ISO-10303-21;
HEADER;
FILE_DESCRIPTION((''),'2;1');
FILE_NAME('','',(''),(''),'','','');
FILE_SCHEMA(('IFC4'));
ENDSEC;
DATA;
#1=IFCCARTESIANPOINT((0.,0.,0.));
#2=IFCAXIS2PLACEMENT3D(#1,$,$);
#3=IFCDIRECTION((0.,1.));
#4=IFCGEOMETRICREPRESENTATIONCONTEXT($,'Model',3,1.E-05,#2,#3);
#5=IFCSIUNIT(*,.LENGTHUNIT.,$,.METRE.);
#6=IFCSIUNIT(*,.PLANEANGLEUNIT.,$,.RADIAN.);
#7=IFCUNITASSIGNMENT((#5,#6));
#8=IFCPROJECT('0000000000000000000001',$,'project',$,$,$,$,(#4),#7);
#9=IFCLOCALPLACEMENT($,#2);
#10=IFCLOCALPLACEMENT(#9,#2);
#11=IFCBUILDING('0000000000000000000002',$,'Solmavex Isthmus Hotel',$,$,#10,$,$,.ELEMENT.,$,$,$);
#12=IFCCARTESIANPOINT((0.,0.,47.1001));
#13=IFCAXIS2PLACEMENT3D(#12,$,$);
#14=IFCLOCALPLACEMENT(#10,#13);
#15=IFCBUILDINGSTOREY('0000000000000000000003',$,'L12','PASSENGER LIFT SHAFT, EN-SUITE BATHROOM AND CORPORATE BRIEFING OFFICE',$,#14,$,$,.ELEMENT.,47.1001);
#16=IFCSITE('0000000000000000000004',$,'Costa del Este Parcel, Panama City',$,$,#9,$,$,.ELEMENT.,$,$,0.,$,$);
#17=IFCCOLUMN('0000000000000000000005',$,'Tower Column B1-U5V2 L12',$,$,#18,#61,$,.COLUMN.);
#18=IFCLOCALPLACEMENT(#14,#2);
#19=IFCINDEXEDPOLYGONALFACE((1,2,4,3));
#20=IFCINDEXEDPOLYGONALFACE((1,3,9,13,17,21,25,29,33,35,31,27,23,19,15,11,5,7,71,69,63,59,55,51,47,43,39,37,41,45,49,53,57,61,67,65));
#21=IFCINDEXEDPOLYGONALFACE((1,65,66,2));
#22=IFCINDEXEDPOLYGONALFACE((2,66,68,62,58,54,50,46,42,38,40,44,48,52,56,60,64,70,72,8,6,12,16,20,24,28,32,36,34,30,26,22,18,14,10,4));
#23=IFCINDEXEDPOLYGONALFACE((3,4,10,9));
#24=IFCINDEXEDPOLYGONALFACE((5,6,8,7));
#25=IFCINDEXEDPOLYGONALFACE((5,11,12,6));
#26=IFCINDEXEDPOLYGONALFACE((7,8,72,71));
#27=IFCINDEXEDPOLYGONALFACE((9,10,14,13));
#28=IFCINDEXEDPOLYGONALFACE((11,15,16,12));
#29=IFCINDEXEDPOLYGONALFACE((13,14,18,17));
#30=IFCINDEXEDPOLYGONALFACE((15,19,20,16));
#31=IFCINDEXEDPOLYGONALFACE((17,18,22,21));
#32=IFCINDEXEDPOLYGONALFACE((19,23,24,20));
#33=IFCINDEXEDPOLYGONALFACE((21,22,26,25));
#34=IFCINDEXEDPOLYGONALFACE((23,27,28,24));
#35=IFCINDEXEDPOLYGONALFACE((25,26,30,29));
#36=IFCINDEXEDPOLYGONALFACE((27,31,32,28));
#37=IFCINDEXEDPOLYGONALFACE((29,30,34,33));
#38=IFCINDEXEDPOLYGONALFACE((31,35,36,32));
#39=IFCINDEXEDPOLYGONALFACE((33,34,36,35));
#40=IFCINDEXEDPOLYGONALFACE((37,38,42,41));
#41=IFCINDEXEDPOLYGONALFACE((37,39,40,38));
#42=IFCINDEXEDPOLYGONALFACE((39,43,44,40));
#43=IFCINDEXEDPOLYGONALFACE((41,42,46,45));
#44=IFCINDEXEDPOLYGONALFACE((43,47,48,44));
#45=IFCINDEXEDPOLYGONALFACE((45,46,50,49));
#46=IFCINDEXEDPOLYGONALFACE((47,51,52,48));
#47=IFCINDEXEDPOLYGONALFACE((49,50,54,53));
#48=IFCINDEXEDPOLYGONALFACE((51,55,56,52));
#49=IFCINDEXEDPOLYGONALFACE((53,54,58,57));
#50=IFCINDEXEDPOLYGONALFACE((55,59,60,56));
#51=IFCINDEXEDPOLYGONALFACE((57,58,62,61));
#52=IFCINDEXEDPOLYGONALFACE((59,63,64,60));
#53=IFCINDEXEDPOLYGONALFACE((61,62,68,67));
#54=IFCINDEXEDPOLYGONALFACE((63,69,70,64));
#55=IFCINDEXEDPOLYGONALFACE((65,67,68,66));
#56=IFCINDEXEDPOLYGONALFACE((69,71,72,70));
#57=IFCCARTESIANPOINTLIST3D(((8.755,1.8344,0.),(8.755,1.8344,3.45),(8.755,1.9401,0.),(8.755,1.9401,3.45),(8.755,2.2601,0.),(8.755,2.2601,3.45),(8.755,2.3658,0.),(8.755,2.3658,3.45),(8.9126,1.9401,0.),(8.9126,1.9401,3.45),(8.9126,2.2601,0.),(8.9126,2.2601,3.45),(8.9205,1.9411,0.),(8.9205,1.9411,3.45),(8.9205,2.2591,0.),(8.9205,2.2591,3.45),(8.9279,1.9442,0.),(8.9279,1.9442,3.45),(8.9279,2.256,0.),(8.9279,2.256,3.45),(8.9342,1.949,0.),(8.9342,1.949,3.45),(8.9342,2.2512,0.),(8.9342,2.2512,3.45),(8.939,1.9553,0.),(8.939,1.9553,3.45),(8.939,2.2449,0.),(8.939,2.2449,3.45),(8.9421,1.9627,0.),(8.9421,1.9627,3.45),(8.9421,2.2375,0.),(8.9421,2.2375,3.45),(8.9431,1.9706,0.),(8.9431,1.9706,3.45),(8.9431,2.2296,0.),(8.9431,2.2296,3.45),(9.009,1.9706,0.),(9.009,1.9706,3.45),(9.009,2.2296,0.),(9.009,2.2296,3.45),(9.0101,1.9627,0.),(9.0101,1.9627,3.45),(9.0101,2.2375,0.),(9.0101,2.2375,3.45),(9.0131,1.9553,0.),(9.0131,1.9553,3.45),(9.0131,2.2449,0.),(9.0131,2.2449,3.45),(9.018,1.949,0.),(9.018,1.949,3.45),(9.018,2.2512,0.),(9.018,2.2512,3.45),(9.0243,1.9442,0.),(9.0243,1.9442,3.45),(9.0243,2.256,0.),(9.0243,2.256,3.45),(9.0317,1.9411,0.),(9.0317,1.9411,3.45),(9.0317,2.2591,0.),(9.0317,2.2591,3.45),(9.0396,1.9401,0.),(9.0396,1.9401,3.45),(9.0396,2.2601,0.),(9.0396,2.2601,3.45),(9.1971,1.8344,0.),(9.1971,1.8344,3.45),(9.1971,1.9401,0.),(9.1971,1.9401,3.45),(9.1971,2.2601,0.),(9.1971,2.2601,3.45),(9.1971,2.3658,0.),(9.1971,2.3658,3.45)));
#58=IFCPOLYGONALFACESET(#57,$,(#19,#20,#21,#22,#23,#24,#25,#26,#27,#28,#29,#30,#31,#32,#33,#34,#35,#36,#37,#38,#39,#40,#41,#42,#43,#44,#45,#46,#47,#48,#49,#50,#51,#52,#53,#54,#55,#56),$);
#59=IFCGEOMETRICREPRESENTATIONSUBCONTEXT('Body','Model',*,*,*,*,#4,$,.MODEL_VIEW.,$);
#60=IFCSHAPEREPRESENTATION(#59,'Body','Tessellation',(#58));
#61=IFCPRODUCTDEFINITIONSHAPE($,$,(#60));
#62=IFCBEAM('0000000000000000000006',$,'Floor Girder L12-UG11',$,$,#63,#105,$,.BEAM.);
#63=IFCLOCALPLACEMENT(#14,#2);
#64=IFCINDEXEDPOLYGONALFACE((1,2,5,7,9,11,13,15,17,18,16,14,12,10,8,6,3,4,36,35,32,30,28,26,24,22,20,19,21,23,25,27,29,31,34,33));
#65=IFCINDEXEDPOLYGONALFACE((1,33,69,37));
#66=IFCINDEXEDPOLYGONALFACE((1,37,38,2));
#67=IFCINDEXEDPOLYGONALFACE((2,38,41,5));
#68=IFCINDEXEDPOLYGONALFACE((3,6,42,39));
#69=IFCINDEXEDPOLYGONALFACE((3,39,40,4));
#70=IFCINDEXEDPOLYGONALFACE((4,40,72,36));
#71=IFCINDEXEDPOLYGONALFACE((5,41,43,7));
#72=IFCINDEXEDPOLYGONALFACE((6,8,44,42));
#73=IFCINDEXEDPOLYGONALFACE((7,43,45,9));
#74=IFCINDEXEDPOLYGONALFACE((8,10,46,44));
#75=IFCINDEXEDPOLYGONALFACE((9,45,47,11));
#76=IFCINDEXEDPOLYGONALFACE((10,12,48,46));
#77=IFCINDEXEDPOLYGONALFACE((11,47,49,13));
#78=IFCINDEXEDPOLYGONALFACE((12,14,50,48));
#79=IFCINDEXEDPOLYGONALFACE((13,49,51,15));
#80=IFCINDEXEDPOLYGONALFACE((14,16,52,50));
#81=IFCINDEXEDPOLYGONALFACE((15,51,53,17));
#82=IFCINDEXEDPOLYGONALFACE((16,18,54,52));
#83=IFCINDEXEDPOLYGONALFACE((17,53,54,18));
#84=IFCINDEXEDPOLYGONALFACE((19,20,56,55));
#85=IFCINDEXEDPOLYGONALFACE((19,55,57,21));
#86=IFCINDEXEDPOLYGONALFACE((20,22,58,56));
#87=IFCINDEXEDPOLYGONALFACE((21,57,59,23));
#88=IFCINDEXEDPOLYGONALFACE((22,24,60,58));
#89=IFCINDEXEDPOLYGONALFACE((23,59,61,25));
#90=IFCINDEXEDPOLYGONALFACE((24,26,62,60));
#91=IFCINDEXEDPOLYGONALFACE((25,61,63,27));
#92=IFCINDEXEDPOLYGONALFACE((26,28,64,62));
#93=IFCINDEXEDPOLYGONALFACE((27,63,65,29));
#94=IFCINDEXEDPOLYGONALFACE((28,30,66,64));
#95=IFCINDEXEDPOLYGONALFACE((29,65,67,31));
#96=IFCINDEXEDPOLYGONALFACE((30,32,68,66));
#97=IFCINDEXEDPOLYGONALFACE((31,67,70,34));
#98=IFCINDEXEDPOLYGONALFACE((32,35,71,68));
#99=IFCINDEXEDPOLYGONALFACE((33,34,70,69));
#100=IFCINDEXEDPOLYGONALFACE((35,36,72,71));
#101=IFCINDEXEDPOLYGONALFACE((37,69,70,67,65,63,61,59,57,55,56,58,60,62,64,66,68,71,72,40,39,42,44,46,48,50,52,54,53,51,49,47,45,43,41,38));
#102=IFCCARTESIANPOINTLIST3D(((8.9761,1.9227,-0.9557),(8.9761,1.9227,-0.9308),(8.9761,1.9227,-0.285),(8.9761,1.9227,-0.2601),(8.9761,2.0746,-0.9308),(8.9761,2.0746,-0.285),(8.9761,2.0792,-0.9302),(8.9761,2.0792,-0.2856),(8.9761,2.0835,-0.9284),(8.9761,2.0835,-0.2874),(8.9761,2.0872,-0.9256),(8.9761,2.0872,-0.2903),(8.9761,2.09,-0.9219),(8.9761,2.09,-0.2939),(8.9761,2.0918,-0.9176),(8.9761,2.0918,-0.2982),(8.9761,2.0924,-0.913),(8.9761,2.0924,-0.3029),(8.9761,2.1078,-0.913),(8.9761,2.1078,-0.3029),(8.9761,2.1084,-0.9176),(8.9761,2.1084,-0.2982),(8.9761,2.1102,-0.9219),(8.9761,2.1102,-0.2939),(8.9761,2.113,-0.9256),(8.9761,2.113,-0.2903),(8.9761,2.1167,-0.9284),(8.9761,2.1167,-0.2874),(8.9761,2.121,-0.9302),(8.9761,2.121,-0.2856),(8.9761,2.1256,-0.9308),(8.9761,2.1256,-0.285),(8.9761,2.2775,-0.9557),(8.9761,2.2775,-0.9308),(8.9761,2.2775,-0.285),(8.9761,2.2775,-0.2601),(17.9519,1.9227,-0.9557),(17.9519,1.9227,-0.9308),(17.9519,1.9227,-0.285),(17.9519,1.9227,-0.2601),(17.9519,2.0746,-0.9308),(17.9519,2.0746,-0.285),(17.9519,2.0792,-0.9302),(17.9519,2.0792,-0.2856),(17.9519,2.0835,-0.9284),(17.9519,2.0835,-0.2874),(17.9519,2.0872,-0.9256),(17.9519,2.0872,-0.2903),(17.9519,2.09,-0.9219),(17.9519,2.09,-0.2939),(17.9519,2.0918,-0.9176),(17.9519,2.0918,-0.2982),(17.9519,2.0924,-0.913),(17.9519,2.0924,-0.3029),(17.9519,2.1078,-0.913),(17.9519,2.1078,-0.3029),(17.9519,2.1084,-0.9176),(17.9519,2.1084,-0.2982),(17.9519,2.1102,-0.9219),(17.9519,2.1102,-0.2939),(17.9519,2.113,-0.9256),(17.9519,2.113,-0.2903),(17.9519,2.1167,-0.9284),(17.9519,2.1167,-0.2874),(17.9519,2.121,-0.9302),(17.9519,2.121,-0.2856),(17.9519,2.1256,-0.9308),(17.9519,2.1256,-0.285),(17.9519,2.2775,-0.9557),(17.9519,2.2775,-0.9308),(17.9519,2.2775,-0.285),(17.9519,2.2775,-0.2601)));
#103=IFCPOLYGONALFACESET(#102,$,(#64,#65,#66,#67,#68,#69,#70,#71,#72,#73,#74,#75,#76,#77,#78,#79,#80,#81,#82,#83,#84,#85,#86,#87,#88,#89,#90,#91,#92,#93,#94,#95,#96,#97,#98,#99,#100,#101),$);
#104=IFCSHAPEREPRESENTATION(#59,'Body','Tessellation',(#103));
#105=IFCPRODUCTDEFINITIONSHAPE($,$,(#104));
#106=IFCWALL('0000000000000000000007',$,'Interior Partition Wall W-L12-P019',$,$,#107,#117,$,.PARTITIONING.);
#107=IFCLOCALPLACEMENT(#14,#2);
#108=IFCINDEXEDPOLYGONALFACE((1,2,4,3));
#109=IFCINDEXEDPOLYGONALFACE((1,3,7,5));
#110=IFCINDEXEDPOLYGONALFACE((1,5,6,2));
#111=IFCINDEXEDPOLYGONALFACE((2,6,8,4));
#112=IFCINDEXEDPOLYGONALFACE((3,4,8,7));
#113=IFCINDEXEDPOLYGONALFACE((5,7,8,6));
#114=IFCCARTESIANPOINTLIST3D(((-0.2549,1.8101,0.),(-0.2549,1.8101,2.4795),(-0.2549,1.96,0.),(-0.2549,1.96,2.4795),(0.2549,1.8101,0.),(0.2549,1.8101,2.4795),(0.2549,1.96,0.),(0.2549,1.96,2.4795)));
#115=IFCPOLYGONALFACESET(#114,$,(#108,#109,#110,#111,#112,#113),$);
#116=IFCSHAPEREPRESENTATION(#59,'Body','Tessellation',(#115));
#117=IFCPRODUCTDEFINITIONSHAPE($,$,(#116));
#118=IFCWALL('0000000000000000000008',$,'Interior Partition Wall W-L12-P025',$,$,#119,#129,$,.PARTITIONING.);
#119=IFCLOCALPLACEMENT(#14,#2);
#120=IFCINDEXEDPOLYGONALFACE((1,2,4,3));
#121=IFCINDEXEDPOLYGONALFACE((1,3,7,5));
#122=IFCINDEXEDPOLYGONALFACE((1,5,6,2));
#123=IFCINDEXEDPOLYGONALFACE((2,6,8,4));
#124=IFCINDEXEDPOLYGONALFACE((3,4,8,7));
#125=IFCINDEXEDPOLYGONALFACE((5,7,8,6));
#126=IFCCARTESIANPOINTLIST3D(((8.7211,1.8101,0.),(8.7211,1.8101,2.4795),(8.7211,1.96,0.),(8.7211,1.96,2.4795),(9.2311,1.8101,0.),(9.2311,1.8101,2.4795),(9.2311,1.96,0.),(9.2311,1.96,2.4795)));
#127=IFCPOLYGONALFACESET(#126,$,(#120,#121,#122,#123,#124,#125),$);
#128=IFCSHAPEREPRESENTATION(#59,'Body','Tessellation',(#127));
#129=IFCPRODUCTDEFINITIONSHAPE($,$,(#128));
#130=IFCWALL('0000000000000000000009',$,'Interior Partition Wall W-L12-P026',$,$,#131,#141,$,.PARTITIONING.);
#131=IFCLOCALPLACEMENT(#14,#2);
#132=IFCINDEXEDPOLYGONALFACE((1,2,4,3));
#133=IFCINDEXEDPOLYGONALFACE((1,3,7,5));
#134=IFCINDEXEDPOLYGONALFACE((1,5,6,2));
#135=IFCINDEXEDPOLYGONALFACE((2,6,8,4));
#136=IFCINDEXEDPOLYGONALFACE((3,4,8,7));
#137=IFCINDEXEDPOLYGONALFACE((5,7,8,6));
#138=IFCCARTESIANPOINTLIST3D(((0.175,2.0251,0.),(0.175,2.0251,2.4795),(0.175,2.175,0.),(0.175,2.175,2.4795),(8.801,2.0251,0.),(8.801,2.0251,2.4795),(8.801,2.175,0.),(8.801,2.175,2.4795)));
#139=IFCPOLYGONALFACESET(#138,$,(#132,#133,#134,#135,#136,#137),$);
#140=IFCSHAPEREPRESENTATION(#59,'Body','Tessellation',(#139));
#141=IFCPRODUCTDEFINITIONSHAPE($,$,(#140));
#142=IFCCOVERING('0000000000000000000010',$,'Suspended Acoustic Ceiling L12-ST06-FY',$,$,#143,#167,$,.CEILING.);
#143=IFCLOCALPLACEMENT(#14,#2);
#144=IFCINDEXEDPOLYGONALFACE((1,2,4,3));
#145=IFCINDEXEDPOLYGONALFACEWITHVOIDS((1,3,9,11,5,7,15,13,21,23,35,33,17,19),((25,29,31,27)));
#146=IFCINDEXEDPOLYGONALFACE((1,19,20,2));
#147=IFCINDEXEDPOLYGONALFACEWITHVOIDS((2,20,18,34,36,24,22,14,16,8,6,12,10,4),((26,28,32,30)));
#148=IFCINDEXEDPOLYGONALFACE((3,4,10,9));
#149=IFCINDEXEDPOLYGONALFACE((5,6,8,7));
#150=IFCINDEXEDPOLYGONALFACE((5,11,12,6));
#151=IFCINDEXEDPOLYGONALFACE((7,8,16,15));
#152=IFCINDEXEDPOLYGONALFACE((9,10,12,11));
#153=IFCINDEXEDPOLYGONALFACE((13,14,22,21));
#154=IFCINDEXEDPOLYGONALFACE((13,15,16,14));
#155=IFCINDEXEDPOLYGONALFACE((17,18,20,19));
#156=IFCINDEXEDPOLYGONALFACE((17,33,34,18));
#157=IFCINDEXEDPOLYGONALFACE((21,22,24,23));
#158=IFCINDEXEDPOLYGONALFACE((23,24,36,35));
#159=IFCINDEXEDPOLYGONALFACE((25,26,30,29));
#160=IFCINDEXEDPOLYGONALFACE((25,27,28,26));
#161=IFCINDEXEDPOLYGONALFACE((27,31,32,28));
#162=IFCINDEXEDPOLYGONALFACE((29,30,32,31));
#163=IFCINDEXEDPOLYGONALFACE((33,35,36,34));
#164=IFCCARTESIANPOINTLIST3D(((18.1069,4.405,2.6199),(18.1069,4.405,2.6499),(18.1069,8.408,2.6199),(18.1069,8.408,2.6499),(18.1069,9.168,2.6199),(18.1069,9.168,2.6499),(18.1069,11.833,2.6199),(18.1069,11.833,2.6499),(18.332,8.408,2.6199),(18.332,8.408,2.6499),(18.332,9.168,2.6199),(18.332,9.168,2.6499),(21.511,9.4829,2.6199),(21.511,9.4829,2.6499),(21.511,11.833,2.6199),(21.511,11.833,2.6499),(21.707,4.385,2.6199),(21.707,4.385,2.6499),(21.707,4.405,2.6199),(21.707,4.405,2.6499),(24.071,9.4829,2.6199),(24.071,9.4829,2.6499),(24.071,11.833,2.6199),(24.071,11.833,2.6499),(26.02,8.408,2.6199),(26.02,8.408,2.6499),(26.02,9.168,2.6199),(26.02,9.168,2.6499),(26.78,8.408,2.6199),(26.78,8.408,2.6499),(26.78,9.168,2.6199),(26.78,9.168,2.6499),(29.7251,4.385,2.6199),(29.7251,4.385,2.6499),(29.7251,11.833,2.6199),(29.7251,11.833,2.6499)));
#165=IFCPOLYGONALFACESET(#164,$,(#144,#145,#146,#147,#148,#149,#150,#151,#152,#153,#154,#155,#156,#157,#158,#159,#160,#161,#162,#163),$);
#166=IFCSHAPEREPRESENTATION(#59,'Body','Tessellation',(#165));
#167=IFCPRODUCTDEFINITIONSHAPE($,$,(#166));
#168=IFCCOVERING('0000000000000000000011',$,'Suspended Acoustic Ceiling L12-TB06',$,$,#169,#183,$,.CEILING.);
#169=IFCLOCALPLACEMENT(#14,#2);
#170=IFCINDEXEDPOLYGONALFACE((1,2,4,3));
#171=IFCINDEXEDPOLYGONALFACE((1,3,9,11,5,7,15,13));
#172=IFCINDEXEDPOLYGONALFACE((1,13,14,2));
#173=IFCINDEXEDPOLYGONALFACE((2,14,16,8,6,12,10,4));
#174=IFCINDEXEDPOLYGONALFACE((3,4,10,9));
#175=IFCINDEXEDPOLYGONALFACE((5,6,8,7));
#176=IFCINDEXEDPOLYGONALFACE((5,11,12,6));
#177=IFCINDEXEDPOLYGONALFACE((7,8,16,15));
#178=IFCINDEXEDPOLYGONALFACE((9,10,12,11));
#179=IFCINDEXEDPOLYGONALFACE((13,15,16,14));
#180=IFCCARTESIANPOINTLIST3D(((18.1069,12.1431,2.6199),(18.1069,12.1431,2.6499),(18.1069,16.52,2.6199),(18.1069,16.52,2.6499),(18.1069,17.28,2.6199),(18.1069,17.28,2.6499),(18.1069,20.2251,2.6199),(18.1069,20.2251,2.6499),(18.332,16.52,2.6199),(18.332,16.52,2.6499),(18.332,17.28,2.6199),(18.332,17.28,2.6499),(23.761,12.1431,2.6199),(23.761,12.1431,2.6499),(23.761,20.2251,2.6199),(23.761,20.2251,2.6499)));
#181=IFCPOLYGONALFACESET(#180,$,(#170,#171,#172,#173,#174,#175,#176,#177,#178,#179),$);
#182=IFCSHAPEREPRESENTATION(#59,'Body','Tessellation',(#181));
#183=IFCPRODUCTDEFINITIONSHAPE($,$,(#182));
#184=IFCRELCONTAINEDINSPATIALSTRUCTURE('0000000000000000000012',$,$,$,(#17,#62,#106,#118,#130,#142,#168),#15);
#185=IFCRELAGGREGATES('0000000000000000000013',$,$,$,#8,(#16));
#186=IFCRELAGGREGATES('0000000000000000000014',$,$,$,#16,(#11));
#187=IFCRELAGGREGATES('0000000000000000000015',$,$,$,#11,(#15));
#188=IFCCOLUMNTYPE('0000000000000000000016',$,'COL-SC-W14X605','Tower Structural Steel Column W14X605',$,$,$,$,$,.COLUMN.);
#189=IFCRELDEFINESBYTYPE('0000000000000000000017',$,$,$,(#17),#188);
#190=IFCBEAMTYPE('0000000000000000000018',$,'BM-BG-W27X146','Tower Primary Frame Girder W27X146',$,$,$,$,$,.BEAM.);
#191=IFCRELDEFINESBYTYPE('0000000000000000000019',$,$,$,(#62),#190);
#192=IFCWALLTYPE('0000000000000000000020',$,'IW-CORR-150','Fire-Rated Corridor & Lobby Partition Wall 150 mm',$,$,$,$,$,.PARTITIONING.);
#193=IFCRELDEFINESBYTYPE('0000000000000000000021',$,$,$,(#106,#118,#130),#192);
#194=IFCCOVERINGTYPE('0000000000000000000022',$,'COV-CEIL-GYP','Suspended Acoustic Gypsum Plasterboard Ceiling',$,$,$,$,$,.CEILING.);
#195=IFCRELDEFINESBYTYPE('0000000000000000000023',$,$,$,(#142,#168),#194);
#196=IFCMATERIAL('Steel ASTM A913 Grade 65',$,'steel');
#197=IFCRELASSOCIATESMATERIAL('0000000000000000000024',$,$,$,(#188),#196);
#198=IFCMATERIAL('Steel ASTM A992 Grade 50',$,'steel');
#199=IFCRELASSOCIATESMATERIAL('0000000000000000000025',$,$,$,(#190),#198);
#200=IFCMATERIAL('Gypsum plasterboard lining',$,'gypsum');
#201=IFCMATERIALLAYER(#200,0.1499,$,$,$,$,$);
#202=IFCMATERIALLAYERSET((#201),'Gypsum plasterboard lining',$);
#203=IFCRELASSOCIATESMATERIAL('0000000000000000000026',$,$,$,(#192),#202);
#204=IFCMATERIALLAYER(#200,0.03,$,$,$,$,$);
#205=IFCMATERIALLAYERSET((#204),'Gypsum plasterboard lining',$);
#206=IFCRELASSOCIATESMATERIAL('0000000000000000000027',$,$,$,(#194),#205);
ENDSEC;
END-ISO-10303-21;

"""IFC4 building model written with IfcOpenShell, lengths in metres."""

from ifc_helpers import new_model, si_unit, direction, frame, frame_2d, origin, origin_2d, place, context, subcontext, project, spatial, polyline, rectangle, i_section, outline, extrude, material, layer, layer_set, material_profile, profile_set, type_object, element, save


model = new_model("IFC4")

# Units and contexts
model_context = context("Model", 3, precision=1e-05, world=origin(), true_north=direction((0.0, 1.0)))
body_context = subcontext(model_context, "Body", "Model", "MODEL_VIEW")
ifc_project = project(units=[si_unit("LENGTHUNIT", "METRE"), si_unit("PLANEANGLEUNIT", "RADIAN")], contexts=[model_context])

# Site, building, storey
site_placement = place(None, origin())
site = spatial("IfcSite", under=ifc_project, at=site_placement, Name="Costa del Este Parcel, Panama City", CompositionType="ELEMENT", RefElevation=0.0)
building_placement = place(site_placement, origin())
building = spatial("IfcBuilding", under=site, at=building_placement, Name="Solmavex Isthmus Hotel", CompositionType="ELEMENT")
storey_placement = place(building_placement, frame((0.0, 0.0, 47.1001)))
storey = spatial("IfcBuildingStorey", under=building, at=storey_placement, Name="L12", Description="PASSENGER LIFT SHAFT, EN-SUITE BATHROOM AND CORPORATE BRIEFING OFFICE", CompositionType="ELEMENT", Elevation=47.1001)

# Column
ifc_material_1 = material(Name="Steel ASTM A913 Grade 65", Category="steel")
ifc_material_profile_1 = material_profile(ifc_material_1, i_section(OverallWidth=0.4421, OverallDepth=0.5315, WebThickness=0.0659, FlangeThickness=0.1057, FilletRadius=0.0305, at=origin_2d()), Name="W14X605")
ifc_profile_set_1 = profile_set([ifc_material_profile_1], Name="Steel ASTM A913 Grade 65")
column_type = type_object("IfcColumnType", Name="COL-SC-W14X605", Description="Tower Structural Steel Column W14X605", PredefinedType="COLUMN", material=ifc_profile_set_1)
column_placement = place(storey_placement, frame((8.9761, 2.1001, 0.0), z_axis=(0.0, 0.0, 1.0), x_axis=(1.0, 0.0, 0.0)))
element("IfcColumn", 1, at=column_placement, inside=storey, type_object=column_type, Name="Tower Column B1-U5V2 L12", PredefinedType="COLUMN", context=body_context, shape_type="SweptSolid", body=[
    extrude(i_section(OverallWidth=0.4421, OverallDepth=0.5315, WebThickness=0.0659, FlangeThickness=0.1057, FilletRadius=0.0305, at=origin_2d()), origin(), (0.0, 0.0, 1.0), 3.45),
])

# Beam
ifc_material_2 = material(Name="Steel ASTM A992 Grade 50", Category="steel")
ifc_material_profile_2 = material_profile(ifc_material_2, i_section(OverallWidth=0.3547, OverallDepth=0.6956, WebThickness=0.0154, FlangeThickness=0.0249, FilletRadius=0.0178, at=origin_2d()), Name="W27X146")
ifc_profile_set_2 = profile_set([ifc_material_profile_2], Name="Steel ASTM A992 Grade 50")
beam_type = type_object("IfcBeamType", Name="BM-BG-W27X146", Description="Tower Primary Frame Girder W27X146", PredefinedType="BEAM", material=ifc_profile_set_2)
beam_placement = place(storey_placement, frame((8.9761, 2.1001, -0.6079), z_axis=(1.0, 0.0, 0.0), x_axis=(0.0, 1.0, 0.0)))
element("IfcBeam", 2, at=beam_placement, inside=storey, type_object=beam_type, Name="Floor Girder L12-UG11", PredefinedType="BEAM", context=body_context, shape_type="SweptSolid", body=[
    extrude(i_section(OverallWidth=0.3547, OverallDepth=0.6956, WebThickness=0.0154, FlangeThickness=0.0249, FilletRadius=0.0178, at=origin_2d()), origin(), (0.0, 0.0, 1.0), 8.9758),
])

# Walls
ifc_material_3 = material(Name="Gypsum plasterboard lining", Category="gypsum")
ifc_layer_1 = layer(ifc_material_3, 0.1499)
ifc_layer_set_1 = layer_set([ifc_layer_1], Name="Gypsum plasterboard lining")
wall_type = type_object("IfcWallType", Name="IW-CORR-150", Description="Fire-Rated Corridor & Lobby Partition Wall 150 mm", PredefinedType="PARTITIONING", material=ifc_layer_set_1)
wall_1_placement = place(storey_placement, frame((0.2549, 1.885, 0.0), z_axis=(0.0, 0.0, 1.0), x_axis=(-1.0, 0.0, 0.0)))
element("IfcWall", 3, at=wall_1_placement, inside=storey, type_object=wall_type, Name="Interior Partition Wall W-L12-P019", PredefinedType="PARTITIONING", context=body_context, shape_type="SweptSolid", body=[
    extrude(rectangle(XDim=0.5098, YDim=0.1499, at=frame_2d((0.2549, 0.0))), origin(), (0.0, 0.0, 1.0), 2.4795),
])
wall_2_placement = place(storey_placement, frame((9.231, 1.885, 0.0), z_axis=(0.0, 0.0, 1.0), x_axis=(-1.0, 0.0, 0.0)))
element("IfcWall", 4, at=wall_2_placement, inside=storey, type_object=wall_type, Name="Interior Partition Wall W-L12-P025", PredefinedType="PARTITIONING", context=body_context, shape_type="SweptSolid", body=[
    extrude(rectangle(XDim=0.51, YDim=0.1499, at=frame_2d((0.2549, 0.0))), origin(), (0.0, 0.0, 1.0), 2.4795),
])
wall_3_placement = place(storey_placement, frame((8.801, 2.1001, 0.0), z_axis=(0.0, 0.0, 1.0), x_axis=(-1.0, 0.0, 0.0)))
element("IfcWall", 5, at=wall_3_placement, inside=storey, type_object=wall_type, Name="Interior Partition Wall W-L12-P026", PredefinedType="PARTITIONING", context=body_context, shape_type="SweptSolid", body=[
    extrude(rectangle(XDim=8.626, YDim=0.1499, at=frame_2d((4.313, 0.0))), origin(), (0.0, 0.0, 1.0), 2.4795),
])

# Coverings
ifc_layer_2 = layer(ifc_material_3, 0.03)
ifc_layer_set_2 = layer_set([ifc_layer_2], Name="Gypsum plasterboard lining")
covering_type_1 = type_object("IfcCoveringType", Name="COV-CEIL-GYP", Description="Suspended Acoustic Gypsum Plasterboard Ceiling", PredefinedType="CEILING", material=ifc_layer_set_2)
covering_1_placement = place(storey_placement, frame((0.0, 0.0, 2.6199)))
element("IfcCovering", 6, at=covering_1_placement, inside=storey, type_object=covering_type_1, Name="Suspended Acoustic Ceiling L12-ST06-FY", PredefinedType="CEILING", context=body_context, shape_type="SweptSolid", body=[
    extrude(outline(polyline([(18.1069, 9.168), (18.332, 9.168), (18.332, 8.408), (18.1069, 8.408), (18.1069, 4.405), (21.707, 4.405), (21.707, 4.385), (29.7251, 4.385), (29.7251, 11.833), (24.071, 11.833), (24.071, 9.4829), (21.511, 9.4829), (21.511, 11.833), (18.1069, 11.833), (18.1069, 9.168)]), holes=[polyline([(26.02, 8.408), (26.02, 9.168), (26.78, 9.168), (26.78, 8.408), (26.02, 8.408)])]), origin(), (0.0, 0.0, 1.0), 0.03),
])
covering_2_placement = place(storey_placement, frame((0.0, 0.0, 2.6199)))
element("IfcCovering", 7, at=covering_2_placement, inside=storey, type_object=covering_type_1, Name="Suspended Acoustic Ceiling L12-TB06", PredefinedType="CEILING", context=body_context, shape_type="SweptSolid", body=[
    extrude(outline(polyline([(18.1069, 17.28), (18.332, 17.28), (18.332, 16.52), (18.1069, 16.52), (18.1069, 12.1431), (23.761, 12.1431), (23.761, 20.2251), (18.1069, 20.2251), (18.1069, 17.28)])), origin(), (0.0, 0.0, 1.0), 0.03),
])

save(model, "model.ifc")
